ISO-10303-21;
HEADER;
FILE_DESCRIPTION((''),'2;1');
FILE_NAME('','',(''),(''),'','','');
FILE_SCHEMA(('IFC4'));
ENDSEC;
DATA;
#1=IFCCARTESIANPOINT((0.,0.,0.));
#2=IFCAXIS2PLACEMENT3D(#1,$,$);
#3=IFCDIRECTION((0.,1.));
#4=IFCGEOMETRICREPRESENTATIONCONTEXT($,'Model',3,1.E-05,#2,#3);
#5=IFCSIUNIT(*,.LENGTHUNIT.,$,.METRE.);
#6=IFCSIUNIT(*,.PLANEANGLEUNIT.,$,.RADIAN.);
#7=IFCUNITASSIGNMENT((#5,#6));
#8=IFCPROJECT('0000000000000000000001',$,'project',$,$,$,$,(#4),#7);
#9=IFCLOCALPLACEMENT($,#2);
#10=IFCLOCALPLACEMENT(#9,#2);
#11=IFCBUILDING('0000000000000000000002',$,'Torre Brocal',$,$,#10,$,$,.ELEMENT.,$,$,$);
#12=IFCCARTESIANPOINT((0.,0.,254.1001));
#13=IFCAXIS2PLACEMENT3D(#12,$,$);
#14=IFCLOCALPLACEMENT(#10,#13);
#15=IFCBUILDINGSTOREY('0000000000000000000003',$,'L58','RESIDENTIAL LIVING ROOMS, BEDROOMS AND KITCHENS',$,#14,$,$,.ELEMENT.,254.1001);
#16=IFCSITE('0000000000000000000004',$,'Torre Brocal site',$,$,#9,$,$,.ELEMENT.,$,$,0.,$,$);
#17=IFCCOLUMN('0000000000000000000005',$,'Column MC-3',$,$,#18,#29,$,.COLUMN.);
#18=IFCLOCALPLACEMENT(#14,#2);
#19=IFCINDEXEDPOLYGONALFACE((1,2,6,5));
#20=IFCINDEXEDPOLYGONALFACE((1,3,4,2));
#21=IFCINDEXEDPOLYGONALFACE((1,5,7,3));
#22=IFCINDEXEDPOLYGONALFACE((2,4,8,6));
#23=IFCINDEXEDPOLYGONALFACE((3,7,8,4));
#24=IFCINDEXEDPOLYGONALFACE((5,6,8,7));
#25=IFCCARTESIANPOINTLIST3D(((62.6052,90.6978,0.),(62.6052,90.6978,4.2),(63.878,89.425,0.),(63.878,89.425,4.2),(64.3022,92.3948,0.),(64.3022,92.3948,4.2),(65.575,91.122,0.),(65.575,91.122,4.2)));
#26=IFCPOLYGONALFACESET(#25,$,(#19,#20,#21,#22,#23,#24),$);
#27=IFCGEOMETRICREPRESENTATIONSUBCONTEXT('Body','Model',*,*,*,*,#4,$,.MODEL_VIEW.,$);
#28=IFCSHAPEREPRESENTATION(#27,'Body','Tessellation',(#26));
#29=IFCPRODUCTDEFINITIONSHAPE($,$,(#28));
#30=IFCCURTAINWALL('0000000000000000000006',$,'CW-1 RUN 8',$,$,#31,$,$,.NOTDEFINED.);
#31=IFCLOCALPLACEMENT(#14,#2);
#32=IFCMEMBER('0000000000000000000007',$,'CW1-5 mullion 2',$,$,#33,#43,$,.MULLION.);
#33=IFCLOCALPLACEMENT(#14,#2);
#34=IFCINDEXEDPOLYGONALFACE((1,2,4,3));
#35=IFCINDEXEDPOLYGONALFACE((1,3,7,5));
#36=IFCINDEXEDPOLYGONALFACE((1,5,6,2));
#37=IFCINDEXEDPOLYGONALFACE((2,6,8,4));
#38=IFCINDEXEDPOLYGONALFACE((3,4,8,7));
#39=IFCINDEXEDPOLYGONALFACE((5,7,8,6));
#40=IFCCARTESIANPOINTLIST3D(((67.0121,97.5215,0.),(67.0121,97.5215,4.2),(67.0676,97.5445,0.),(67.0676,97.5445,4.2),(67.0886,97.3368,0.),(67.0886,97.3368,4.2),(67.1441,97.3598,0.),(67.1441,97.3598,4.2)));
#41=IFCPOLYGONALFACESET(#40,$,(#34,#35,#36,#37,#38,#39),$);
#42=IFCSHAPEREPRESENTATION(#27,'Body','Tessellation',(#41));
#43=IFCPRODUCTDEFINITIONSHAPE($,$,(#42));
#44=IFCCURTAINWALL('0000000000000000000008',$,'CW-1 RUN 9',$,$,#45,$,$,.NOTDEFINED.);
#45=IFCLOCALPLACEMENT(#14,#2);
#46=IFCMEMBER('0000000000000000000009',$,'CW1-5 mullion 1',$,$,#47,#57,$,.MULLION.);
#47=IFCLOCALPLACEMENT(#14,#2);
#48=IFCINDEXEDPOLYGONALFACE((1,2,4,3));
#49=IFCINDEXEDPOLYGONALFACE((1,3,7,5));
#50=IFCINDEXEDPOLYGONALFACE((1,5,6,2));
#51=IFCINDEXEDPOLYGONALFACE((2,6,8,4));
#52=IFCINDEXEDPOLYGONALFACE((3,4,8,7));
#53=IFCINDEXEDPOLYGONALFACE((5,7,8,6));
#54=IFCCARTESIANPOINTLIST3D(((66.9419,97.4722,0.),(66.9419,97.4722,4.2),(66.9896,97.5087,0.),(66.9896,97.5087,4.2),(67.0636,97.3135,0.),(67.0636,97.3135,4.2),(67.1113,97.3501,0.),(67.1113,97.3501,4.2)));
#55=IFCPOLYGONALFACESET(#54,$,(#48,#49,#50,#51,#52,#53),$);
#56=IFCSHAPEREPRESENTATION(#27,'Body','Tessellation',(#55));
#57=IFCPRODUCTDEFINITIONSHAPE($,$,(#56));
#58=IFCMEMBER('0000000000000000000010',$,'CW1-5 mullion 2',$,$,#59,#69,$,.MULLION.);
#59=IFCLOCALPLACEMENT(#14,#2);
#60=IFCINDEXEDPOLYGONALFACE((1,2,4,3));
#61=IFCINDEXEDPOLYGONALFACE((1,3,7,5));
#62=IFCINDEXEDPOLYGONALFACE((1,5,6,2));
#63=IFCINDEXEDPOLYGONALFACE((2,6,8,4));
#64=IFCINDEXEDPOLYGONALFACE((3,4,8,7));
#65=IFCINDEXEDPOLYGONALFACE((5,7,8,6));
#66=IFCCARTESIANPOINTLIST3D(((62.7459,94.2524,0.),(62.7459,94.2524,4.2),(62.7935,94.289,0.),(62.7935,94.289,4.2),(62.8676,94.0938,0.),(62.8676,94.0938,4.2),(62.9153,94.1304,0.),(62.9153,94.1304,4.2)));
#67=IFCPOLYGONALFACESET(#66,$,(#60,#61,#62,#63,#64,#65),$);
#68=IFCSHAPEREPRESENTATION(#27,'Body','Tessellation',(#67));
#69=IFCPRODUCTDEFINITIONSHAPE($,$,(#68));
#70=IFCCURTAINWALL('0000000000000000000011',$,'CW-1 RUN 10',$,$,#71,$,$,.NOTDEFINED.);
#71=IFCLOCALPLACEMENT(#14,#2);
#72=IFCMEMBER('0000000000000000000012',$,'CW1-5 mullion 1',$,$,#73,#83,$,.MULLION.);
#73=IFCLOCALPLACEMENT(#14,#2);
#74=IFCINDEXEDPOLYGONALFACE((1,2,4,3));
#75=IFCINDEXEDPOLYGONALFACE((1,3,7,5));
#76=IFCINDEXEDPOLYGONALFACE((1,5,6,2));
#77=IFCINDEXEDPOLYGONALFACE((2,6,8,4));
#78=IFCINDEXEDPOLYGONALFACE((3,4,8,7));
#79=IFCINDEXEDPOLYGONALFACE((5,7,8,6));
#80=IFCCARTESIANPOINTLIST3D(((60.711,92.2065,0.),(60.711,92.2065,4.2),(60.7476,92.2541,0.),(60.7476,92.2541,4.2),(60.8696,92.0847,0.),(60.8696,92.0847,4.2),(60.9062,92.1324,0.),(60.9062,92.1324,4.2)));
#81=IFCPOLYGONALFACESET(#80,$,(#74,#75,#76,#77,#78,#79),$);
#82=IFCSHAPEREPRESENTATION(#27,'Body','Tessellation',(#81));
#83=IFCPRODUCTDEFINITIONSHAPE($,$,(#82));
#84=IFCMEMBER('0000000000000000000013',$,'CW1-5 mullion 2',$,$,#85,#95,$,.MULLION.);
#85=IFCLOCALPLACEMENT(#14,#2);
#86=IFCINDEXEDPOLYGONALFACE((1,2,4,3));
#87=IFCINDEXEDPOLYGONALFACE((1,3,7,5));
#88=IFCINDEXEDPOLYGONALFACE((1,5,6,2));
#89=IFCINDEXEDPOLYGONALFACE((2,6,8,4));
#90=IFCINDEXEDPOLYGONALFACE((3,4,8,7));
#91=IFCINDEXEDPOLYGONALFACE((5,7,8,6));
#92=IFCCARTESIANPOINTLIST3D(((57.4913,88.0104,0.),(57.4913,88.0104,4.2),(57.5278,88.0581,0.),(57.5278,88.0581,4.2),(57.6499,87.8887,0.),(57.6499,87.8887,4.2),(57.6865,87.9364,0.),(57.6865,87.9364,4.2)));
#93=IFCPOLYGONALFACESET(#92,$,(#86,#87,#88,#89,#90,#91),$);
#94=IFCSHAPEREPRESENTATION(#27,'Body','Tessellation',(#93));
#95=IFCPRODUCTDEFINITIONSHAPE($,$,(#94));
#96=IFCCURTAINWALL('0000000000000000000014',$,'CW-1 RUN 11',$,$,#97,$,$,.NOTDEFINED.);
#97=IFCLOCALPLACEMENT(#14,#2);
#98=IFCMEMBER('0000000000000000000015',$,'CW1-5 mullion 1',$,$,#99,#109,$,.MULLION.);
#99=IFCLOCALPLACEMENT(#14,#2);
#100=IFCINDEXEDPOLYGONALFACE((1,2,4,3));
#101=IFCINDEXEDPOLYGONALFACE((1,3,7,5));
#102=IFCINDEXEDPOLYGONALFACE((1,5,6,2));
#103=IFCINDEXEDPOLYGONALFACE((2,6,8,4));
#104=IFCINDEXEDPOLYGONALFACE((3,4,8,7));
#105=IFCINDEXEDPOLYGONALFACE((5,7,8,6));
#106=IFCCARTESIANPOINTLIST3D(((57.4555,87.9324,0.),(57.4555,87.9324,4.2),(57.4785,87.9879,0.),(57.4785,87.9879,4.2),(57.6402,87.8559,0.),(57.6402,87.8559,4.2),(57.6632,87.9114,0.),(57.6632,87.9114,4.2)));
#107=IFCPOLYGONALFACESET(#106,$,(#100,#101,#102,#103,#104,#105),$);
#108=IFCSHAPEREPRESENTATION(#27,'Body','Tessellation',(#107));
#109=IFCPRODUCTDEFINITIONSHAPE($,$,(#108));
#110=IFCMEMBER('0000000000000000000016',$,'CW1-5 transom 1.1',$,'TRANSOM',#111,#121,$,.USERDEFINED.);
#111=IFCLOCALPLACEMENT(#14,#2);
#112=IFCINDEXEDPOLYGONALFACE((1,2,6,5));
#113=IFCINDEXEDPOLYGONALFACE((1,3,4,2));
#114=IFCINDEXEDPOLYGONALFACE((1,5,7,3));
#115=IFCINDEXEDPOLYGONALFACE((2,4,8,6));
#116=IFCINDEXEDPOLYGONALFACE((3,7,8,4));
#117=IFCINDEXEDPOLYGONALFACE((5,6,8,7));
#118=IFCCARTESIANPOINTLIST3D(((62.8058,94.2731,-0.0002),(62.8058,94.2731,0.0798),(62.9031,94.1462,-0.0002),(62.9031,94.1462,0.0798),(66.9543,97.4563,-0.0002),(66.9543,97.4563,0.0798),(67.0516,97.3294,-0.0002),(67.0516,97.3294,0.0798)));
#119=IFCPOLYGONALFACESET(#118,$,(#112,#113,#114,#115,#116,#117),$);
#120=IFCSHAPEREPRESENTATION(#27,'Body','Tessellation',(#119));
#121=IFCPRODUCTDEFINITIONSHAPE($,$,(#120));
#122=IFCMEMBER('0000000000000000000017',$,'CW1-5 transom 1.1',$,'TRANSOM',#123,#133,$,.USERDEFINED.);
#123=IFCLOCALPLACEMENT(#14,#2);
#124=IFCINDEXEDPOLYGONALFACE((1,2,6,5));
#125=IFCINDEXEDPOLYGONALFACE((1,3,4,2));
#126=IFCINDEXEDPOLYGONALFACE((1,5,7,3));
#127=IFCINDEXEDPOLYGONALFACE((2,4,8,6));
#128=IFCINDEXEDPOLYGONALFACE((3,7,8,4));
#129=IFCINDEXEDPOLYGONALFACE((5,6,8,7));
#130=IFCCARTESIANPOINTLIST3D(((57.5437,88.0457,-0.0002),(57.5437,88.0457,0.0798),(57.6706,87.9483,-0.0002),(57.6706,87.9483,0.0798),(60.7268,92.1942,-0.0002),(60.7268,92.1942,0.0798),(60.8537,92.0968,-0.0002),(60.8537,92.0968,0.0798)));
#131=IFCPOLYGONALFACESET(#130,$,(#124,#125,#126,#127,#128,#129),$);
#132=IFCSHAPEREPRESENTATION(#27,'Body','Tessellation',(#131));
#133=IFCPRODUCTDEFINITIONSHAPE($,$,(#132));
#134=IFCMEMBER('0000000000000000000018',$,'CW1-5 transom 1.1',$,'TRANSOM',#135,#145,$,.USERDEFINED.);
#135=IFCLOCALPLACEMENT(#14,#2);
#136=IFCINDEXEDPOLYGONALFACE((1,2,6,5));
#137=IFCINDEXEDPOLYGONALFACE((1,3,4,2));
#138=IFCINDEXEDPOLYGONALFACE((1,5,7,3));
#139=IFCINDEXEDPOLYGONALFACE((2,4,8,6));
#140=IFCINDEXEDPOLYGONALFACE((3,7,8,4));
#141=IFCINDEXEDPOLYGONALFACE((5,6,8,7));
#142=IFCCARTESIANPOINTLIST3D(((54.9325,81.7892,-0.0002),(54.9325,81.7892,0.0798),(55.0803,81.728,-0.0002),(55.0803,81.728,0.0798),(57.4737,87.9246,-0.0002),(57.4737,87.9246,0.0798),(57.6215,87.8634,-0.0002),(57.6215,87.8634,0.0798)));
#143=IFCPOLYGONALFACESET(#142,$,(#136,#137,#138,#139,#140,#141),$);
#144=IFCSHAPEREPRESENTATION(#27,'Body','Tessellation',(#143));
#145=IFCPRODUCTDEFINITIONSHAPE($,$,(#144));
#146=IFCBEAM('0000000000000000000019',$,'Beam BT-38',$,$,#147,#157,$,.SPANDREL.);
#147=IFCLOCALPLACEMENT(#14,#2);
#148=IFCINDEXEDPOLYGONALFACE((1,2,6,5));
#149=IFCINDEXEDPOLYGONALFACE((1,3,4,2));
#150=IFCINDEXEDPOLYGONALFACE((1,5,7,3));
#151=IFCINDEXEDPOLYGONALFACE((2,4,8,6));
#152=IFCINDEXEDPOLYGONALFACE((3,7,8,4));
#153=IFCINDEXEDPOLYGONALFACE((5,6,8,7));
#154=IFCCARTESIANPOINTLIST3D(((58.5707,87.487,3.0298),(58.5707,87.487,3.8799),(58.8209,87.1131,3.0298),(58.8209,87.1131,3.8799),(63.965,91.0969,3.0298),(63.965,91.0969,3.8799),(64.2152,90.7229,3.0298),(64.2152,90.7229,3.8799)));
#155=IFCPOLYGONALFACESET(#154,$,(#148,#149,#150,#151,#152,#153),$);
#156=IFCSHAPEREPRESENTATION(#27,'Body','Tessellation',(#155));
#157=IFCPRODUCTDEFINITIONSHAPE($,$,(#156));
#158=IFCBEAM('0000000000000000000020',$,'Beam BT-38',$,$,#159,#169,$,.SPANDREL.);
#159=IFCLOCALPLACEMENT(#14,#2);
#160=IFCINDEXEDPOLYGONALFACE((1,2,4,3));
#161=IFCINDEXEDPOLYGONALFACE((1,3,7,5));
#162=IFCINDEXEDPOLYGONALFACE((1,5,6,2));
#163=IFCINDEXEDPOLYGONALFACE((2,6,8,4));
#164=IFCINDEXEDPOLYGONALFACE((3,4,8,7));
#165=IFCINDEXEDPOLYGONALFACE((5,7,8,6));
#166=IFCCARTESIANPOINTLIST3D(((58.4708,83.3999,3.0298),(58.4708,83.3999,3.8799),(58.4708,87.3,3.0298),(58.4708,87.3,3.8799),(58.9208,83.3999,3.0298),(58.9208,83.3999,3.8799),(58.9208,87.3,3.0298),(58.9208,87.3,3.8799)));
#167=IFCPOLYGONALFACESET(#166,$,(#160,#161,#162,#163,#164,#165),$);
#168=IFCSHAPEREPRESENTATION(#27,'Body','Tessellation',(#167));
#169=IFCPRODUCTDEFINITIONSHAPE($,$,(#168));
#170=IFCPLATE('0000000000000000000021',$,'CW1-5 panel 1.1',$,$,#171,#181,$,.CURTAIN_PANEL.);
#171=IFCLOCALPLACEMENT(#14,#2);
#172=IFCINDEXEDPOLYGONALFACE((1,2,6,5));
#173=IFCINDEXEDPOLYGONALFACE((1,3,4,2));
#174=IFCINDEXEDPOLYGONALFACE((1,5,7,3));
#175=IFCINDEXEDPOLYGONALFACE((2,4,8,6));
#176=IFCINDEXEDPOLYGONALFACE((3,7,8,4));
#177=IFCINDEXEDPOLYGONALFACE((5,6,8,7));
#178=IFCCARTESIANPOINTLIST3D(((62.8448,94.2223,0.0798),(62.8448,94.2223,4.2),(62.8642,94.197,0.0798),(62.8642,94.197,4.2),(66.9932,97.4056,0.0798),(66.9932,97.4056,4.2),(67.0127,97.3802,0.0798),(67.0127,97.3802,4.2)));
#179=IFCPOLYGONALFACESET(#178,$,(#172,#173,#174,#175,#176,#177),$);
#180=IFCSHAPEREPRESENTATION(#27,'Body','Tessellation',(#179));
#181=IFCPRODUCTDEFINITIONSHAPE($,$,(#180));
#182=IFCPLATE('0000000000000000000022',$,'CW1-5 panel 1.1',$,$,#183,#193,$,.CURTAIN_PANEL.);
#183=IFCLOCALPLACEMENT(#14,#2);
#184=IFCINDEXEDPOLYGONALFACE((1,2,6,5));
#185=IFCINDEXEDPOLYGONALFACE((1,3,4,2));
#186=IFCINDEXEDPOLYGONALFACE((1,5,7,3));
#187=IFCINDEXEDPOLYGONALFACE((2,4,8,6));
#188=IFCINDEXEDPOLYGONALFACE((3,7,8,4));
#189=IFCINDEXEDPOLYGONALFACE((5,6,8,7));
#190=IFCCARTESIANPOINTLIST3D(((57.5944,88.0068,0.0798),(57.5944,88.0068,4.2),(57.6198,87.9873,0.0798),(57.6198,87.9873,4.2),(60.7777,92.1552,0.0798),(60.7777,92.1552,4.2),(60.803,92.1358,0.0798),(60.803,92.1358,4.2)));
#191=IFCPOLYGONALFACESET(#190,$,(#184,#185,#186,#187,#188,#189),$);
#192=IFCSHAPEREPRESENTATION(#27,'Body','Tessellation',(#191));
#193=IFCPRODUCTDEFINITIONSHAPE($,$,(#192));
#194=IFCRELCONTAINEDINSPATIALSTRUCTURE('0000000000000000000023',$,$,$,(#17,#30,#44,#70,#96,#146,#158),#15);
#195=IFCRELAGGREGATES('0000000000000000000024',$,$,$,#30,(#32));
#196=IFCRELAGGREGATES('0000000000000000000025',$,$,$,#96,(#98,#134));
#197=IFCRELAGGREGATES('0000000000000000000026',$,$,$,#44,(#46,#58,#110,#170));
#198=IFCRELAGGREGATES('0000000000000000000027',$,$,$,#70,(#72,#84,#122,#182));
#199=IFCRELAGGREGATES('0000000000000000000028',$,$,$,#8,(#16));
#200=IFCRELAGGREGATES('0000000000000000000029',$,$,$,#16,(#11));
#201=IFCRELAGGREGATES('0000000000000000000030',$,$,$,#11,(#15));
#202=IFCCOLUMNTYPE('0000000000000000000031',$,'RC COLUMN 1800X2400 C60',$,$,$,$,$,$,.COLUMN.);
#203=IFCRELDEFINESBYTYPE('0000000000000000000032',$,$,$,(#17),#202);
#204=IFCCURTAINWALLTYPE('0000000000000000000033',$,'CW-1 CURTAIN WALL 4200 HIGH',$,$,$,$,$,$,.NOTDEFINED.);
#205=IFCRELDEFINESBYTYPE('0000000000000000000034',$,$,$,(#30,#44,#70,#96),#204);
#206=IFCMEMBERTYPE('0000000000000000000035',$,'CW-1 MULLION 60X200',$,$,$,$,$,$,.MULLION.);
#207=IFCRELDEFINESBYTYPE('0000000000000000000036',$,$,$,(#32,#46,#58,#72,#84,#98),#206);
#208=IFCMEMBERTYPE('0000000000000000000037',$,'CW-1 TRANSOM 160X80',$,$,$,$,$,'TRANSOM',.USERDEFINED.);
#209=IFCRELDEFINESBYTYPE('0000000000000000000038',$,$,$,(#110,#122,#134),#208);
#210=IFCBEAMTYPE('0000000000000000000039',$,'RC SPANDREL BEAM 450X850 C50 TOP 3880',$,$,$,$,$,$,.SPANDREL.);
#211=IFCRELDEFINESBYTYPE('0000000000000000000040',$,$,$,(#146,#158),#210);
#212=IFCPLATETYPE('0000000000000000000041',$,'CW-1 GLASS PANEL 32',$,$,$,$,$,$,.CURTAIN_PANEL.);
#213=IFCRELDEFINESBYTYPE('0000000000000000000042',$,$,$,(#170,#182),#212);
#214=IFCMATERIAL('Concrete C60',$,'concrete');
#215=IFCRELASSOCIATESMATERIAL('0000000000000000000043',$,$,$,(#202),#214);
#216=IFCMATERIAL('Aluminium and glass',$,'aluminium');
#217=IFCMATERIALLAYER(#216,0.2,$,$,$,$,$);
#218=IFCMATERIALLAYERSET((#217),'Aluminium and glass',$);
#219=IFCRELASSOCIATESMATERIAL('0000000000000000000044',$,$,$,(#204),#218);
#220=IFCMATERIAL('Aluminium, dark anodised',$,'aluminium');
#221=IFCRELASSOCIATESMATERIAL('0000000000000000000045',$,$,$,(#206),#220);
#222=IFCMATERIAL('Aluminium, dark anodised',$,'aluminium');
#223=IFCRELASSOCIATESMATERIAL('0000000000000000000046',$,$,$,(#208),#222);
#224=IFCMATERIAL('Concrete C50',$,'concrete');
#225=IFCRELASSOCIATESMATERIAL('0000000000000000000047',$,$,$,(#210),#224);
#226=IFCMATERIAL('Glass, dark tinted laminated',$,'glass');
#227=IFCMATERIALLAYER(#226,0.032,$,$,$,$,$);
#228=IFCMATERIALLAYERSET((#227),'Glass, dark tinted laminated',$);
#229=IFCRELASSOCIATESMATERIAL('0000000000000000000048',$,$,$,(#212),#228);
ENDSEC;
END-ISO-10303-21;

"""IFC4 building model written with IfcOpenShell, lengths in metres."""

from ifc_helpers import new_model, si_unit, direction, frame, origin, origin_2d, place, context, subcontext, project, spatial, rectangle, extrude, material, layer, layer_set, material_profile, profile_set, type_object, element, aggregate, save


model = new_model("IFC4")

# Units and contexts
model_context = context("Model", 3, precision=1e-05, world=origin(), true_north=direction((0.0, 1.0)))
body_context = subcontext(model_context, "Body", "Model", "MODEL_VIEW")
ifc_project = project(units=[si_unit("LENGTHUNIT", "METRE"), si_unit("PLANEANGLEUNIT", "RADIAN")], contexts=[model_context])

# Site, building, storey
site_placement = place(None, origin())
site = spatial("IfcSite", under=ifc_project, at=site_placement, Name="Torre Brocal site", CompositionType="ELEMENT", RefElevation=0.0)
building_placement = place(site_placement, origin())
building = spatial("IfcBuilding", under=site, at=building_placement, Name="Torre Brocal", CompositionType="ELEMENT")
storey_placement = place(building_placement, frame((0.0, 0.0, 254.1001)))
storey = spatial("IfcBuildingStorey", under=building, at=storey_placement, Name="L58", Description="RESIDENTIAL LIVING ROOMS, BEDROOMS AND KITCHENS", CompositionType="ELEMENT", Elevation=254.1001)

# Column
ifc_material_1 = material(Name="Concrete C60", Category="concrete")
ifc_material_profile_1 = material_profile(ifc_material_1, rectangle(XDim=1.8, YDim=2.3999, at=origin_2d()), Name="RC 1800X2400")
ifc_profile_set_1 = profile_set([ifc_material_profile_1], Name="Concrete C60")
column_type = type_object("IfcColumnType", Name="RC COLUMN 1800X2400 C60", PredefinedType="COLUMN", material=ifc_profile_set_1)
column_placement = place(storey_placement, frame((64.0901, 90.9099, 0.0), z_axis=(0.0, 0.0, 1.0), x_axis=(-0.707107, 0.707107, 0.0)))
element("IfcColumn", 1, at=column_placement, inside=storey, type_object=column_type, Name="Column MC-3", PredefinedType="COLUMN", context=body_context, shape_type="SweptSolid", body=[
    extrude(rectangle(XDim=1.8, YDim=2.3999, at=origin_2d()), origin(), (0.0, 0.0, 1.0), 4.2),
])

# Curtain wall, member
ifc_material_2 = material(Name="Aluminium and glass", Category="aluminium")
ifc_layer_1 = layer(ifc_material_2, 0.2)
ifc_layer_set_1 = layer_set([ifc_layer_1], Name="Aluminium and glass")
curtain_wall_type = type_object("IfcCurtainWallType", Name="CW-1 CURTAIN WALL 4200 HIGH", PredefinedType="NOTDEFINED", material=ifc_layer_set_1)
curtain_wall_1_placement = place(storey_placement, origin())
curtain_wall_1 = element("IfcCurtainWall", 2, at=curtain_wall_1_placement, inside=storey, type_object=curtain_wall_type, Name="CW-1 RUN 8", PredefinedType="NOTDEFINED")
ifc_material_3 = material(Name="Aluminium, dark anodised", Category="aluminium")
ifc_material_profile_2 = material_profile(ifc_material_3, rectangle(XDim=0.2, YDim=0.0601, at=origin_2d()), Name="CW-1 MULLION 60X200")
ifc_profile_set_2 = profile_set([ifc_material_profile_2], Name="Aluminium, dark anodised")
member_type_1 = type_object("IfcMemberType", Name="CW-1 MULLION 60X200", PredefinedType="MULLION", material=ifc_profile_set_2)
member_1_placement = place(storey_placement, frame((67.0781, 97.4407, 0.0), z_axis=(0.0, 0.0, 1.0), x_axis=(0.382683, -0.92388, 0.0)))
member_1 = element("IfcMember", 3, at=member_1_placement, type_object=member_type_1, Name="CW1-5 mullion 2", PredefinedType="MULLION", context=body_context, shape_type="SweptSolid", body=[
    extrude(rectangle(XDim=0.2, YDim=0.0601, at=origin_2d()), origin(), (0.0, 0.0, 1.0), 4.2),
])
aggregate(curtain_wall_1, [member_1])

# Curtain walls, members
curtain_wall_2_placement = place(storey_placement, origin())
curtain_wall_2 = element("IfcCurtainWall", 4, at=curtain_wall_2_placement, inside=storey, type_object=curtain_wall_type, Name="CW-1 RUN 9", PredefinedType="NOTDEFINED")
member_2_placement = place(storey_placement, frame((67.0266, 97.4111, 0.0), z_axis=(0.0, 0.0, 1.0), x_axis=(0.608761, -0.793353, 0.0)))
member_2 = element("IfcMember", 5, at=member_2_placement, type_object=member_type_1, Name="CW1-5 mullion 1", PredefinedType="MULLION", context=body_context, shape_type="SweptSolid", body=[
    extrude(rectangle(XDim=0.2, YDim=0.0601, at=origin_2d()), origin(), (0.0, 0.0, 1.0), 4.2),
])
member_3_placement = place(storey_placement, frame((62.8306, 94.1914, 0.0), z_axis=(0.0, 0.0, 1.0), x_axis=(0.608761, -0.793353, 0.0)))
member_3 = element("IfcMember", 6, at=member_3_placement, type_object=member_type_1, Name="CW1-5 mullion 2", PredefinedType="MULLION", context=body_context, shape_type="SweptSolid", body=[
    extrude(rectangle(XDim=0.2, YDim=0.0601, at=origin_2d()), origin(), (0.0, 0.0, 1.0), 4.2),
])
curtain_wall_3_placement = place(storey_placement, origin())
curtain_wall_3 = element("IfcCurtainWall", 7, at=curtain_wall_3_placement, inside=storey, type_object=curtain_wall_type, Name="CW-1 RUN 10", PredefinedType="NOTDEFINED")
member_4_placement = place(storey_placement, frame((60.8086, 92.1694, 0.0), z_axis=(0.0, 0.0, 1.0), x_axis=(0.793353, -0.608761, 0.0)))
member_4 = element("IfcMember", 8, at=member_4_placement, type_object=member_type_1, Name="CW1-5 mullion 1", PredefinedType="MULLION", context=body_context, shape_type="SweptSolid", body=[
    extrude(rectangle(XDim=0.2, YDim=0.0601, at=origin_2d()), origin(), (0.0, 0.0, 1.0), 4.2),
])
member_5_placement = place(storey_placement, frame((57.5889, 87.9734, 0.0), z_axis=(0.0, 0.0, 1.0), x_axis=(0.793353, -0.608761, 0.0)))
member_5 = element("IfcMember", 9, at=member_5_placement, type_object=member_type_1, Name="CW1-5 mullion 2", PredefinedType="MULLION", context=body_context, shape_type="SweptSolid", body=[
    extrude(rectangle(XDim=0.2, YDim=0.0601, at=origin_2d()), origin(), (0.0, 0.0, 1.0), 4.2),
])

# Curtain wall, member
curtain_wall_4_placement = place(storey_placement, origin())
curtain_wall_4 = element("IfcCurtainWall", 10, at=curtain_wall_4_placement, inside=storey, type_object=curtain_wall_type, Name="CW-1 RUN 11", PredefinedType="NOTDEFINED")
member_6_placement = place(storey_placement, frame((57.5593, 87.9219, 0.0), z_axis=(0.0, 0.0, 1.0), x_axis=(0.92388, -0.382683, 0.0)))
member_6 = element("IfcMember", 11, at=member_6_placement, type_object=member_type_1, Name="CW1-5 mullion 1", PredefinedType="MULLION", context=body_context, shape_type="SweptSolid", body=[
    extrude(rectangle(XDim=0.2, YDim=0.0601, at=origin_2d()), origin(), (0.0, 0.0, 1.0), 4.2),
])

# Members
ifc_material_4 = material(Name="Aluminium, dark anodised", Category="aluminium")
ifc_material_profile_3 = material_profile(ifc_material_4, rectangle(XDim=0.1599, YDim=0.0801, at=origin_2d()), Name="CW-1 TRANSOM 160X80")
ifc_profile_set_3 = profile_set([ifc_material_profile_3], Name="Aluminium, dark anodised")
member_type_2 = type_object("IfcMemberType", Name="CW-1 TRANSOM 160X80", ElementType="TRANSOM", PredefinedType="USERDEFINED", material=ifc_profile_set_3)
member_7_placement = place(storey_placement, frame((67.0029, 97.3928, 0.0398), z_axis=(-0.793363, -0.608749, 0.0), x_axis=(0.608749, -0.793363, 0.0)))
member_7 = element("IfcMember", 12, at=member_7_placement, type_object=member_type_2, Name="CW1-5 transom 1.1", ObjectType="TRANSOM", PredefinedType="USERDEFINED", context=body_context, shape_type="SweptSolid", body=[
    extrude(rectangle(XDim=0.1599, YDim=0.0801, at=origin_2d()), origin(), (0.0, 0.0, 1.0), 5.229),
])
member_8_placement = place(storey_placement, frame((60.7903, 92.1455, 0.0398), z_axis=(-0.608749, -0.793363, 0.0), x_axis=(0.793363, -0.608749, 0.0)))
member_8 = element("IfcMember", 13, at=member_8_placement, type_object=member_type_2, Name="CW1-5 transom 1.1", ObjectType="TRANSOM", PredefinedType="USERDEFINED", context=body_context, shape_type="SweptSolid", body=[
    extrude(rectangle(XDim=0.1599, YDim=0.0801, at=origin_2d()), origin(), (0.0, 0.0, 1.0), 5.229),
])
member_9_placement = place(storey_placement, frame((57.5476, 87.894, 0.0398), z_axis=(-0.382665, -0.923887, 0.0), x_axis=(0.923887, -0.382665, 0.0)))
member_9 = element("IfcMember", 14, at=member_9_placement, type_object=member_type_2, Name="CW1-5 transom 1.1", ObjectType="TRANSOM", PredefinedType="USERDEFINED", context=body_context, shape_type="SweptSolid", body=[
    extrude(rectangle(XDim=0.1599, YDim=0.0801, at=origin_2d()), origin(), (0.0, 0.0, 1.0), 6.6409),
])
aggregate(curtain_wall_4, [member_6, member_9])

# Beams
ifc_material_5 = material(Name="Concrete C50", Category="concrete")
ifc_material_profile_4 = material_profile(ifc_material_5, rectangle(XDim=0.45, YDim=0.8501, at=origin_2d()), Name="RC 450X850")
ifc_profile_set_4 = profile_set([ifc_material_profile_4], Name="Concrete C50")
beam_type = type_object("IfcBeamType", Name="RC SPANDREL BEAM 450X850 C50 TOP 3880", PredefinedType="SPANDREL", material=ifc_profile_set_4)
beam_1_placement = place(storey_placement, frame((64.0901, 90.9099, 3.4548), z_axis=(-0.831077, -0.556158, 0.0), x_axis=(0.556158, -0.831077, 0.0)))
element("IfcBeam", 15, at=beam_1_placement, inside=storey, type_object=beam_type, Name="Beam BT-38", PredefinedType="SPANDREL", context=body_context, shape_type="SweptSolid", body=[
    extrude(rectangle(XDim=0.45, YDim=0.8501, at=origin_2d()), origin(), (0.0, 0.0, 1.0), 6.4907),
])
beam_2_placement = place(storey_placement, frame((58.6958, 87.3, 3.4548), z_axis=(0.0, -1.0, 0.0), x_axis=(1.0, 0.0, 0.0)))
element("IfcBeam", 16, at=beam_2_placement, inside=storey, type_object=beam_type, Name="Beam BT-38", PredefinedType="SPANDREL", context=body_context, shape_type="SweptSolid", body=[
    extrude(rectangle(XDim=0.45, YDim=0.8501, at=origin_2d()), origin(), (0.0, 0.0, 1.0), 3.9001),
])

# Plates
ifc_material_6 = material(Name="Glass, dark tinted laminated", Category="glass")
ifc_layer_2 = layer(ifc_material_6, 0.032)
ifc_layer_set_2 = layer_set([ifc_layer_2], Name="Glass, dark tinted laminated")
plate_type = type_object("IfcPlateType", Name="CW-1 GLASS PANEL 32", PredefinedType="CURTAIN_PANEL", material=ifc_layer_set_2)
plate_1_placement = place(storey_placement, frame((64.9287, 95.8013, 0.0798), z_axis=(0.0, 0.0, 1.0), x_axis=(-0.793353, -0.608761, 0.0)))
plate_1 = element("IfcPlate", 17, at=plate_1_placement, type_object=plate_type, Name="CW1-5 panel 1.1", PredefinedType="CURTAIN_PANEL", context=body_context, shape_type="SweptSolid", body=[
    extrude(rectangle(XDim=5.229, YDim=0.032, at=origin_2d()), origin(), (0.0, 0.0, 1.0), 4.1201),
])
aggregate(curtain_wall_2, [member_2, member_3, member_7, plate_1])
plate_2_placement = place(storey_placement, frame((59.1987, 90.0713, 0.0798), z_axis=(0.0, 0.0, 1.0), x_axis=(-0.608761, -0.793353, 0.0)))
plate_2 = element("IfcPlate", 18, at=plate_2_placement, type_object=plate_type, Name="CW1-5 panel 1.1", PredefinedType="CURTAIN_PANEL", context=body_context, shape_type="SweptSolid", body=[
    extrude(rectangle(XDim=5.229, YDim=0.032, at=origin_2d()), origin(), (0.0, 0.0, 1.0), 4.1201),
])
aggregate(curtain_wall_3, [member_4, member_5, member_8, plate_2])

save(model, "model.ifc")
